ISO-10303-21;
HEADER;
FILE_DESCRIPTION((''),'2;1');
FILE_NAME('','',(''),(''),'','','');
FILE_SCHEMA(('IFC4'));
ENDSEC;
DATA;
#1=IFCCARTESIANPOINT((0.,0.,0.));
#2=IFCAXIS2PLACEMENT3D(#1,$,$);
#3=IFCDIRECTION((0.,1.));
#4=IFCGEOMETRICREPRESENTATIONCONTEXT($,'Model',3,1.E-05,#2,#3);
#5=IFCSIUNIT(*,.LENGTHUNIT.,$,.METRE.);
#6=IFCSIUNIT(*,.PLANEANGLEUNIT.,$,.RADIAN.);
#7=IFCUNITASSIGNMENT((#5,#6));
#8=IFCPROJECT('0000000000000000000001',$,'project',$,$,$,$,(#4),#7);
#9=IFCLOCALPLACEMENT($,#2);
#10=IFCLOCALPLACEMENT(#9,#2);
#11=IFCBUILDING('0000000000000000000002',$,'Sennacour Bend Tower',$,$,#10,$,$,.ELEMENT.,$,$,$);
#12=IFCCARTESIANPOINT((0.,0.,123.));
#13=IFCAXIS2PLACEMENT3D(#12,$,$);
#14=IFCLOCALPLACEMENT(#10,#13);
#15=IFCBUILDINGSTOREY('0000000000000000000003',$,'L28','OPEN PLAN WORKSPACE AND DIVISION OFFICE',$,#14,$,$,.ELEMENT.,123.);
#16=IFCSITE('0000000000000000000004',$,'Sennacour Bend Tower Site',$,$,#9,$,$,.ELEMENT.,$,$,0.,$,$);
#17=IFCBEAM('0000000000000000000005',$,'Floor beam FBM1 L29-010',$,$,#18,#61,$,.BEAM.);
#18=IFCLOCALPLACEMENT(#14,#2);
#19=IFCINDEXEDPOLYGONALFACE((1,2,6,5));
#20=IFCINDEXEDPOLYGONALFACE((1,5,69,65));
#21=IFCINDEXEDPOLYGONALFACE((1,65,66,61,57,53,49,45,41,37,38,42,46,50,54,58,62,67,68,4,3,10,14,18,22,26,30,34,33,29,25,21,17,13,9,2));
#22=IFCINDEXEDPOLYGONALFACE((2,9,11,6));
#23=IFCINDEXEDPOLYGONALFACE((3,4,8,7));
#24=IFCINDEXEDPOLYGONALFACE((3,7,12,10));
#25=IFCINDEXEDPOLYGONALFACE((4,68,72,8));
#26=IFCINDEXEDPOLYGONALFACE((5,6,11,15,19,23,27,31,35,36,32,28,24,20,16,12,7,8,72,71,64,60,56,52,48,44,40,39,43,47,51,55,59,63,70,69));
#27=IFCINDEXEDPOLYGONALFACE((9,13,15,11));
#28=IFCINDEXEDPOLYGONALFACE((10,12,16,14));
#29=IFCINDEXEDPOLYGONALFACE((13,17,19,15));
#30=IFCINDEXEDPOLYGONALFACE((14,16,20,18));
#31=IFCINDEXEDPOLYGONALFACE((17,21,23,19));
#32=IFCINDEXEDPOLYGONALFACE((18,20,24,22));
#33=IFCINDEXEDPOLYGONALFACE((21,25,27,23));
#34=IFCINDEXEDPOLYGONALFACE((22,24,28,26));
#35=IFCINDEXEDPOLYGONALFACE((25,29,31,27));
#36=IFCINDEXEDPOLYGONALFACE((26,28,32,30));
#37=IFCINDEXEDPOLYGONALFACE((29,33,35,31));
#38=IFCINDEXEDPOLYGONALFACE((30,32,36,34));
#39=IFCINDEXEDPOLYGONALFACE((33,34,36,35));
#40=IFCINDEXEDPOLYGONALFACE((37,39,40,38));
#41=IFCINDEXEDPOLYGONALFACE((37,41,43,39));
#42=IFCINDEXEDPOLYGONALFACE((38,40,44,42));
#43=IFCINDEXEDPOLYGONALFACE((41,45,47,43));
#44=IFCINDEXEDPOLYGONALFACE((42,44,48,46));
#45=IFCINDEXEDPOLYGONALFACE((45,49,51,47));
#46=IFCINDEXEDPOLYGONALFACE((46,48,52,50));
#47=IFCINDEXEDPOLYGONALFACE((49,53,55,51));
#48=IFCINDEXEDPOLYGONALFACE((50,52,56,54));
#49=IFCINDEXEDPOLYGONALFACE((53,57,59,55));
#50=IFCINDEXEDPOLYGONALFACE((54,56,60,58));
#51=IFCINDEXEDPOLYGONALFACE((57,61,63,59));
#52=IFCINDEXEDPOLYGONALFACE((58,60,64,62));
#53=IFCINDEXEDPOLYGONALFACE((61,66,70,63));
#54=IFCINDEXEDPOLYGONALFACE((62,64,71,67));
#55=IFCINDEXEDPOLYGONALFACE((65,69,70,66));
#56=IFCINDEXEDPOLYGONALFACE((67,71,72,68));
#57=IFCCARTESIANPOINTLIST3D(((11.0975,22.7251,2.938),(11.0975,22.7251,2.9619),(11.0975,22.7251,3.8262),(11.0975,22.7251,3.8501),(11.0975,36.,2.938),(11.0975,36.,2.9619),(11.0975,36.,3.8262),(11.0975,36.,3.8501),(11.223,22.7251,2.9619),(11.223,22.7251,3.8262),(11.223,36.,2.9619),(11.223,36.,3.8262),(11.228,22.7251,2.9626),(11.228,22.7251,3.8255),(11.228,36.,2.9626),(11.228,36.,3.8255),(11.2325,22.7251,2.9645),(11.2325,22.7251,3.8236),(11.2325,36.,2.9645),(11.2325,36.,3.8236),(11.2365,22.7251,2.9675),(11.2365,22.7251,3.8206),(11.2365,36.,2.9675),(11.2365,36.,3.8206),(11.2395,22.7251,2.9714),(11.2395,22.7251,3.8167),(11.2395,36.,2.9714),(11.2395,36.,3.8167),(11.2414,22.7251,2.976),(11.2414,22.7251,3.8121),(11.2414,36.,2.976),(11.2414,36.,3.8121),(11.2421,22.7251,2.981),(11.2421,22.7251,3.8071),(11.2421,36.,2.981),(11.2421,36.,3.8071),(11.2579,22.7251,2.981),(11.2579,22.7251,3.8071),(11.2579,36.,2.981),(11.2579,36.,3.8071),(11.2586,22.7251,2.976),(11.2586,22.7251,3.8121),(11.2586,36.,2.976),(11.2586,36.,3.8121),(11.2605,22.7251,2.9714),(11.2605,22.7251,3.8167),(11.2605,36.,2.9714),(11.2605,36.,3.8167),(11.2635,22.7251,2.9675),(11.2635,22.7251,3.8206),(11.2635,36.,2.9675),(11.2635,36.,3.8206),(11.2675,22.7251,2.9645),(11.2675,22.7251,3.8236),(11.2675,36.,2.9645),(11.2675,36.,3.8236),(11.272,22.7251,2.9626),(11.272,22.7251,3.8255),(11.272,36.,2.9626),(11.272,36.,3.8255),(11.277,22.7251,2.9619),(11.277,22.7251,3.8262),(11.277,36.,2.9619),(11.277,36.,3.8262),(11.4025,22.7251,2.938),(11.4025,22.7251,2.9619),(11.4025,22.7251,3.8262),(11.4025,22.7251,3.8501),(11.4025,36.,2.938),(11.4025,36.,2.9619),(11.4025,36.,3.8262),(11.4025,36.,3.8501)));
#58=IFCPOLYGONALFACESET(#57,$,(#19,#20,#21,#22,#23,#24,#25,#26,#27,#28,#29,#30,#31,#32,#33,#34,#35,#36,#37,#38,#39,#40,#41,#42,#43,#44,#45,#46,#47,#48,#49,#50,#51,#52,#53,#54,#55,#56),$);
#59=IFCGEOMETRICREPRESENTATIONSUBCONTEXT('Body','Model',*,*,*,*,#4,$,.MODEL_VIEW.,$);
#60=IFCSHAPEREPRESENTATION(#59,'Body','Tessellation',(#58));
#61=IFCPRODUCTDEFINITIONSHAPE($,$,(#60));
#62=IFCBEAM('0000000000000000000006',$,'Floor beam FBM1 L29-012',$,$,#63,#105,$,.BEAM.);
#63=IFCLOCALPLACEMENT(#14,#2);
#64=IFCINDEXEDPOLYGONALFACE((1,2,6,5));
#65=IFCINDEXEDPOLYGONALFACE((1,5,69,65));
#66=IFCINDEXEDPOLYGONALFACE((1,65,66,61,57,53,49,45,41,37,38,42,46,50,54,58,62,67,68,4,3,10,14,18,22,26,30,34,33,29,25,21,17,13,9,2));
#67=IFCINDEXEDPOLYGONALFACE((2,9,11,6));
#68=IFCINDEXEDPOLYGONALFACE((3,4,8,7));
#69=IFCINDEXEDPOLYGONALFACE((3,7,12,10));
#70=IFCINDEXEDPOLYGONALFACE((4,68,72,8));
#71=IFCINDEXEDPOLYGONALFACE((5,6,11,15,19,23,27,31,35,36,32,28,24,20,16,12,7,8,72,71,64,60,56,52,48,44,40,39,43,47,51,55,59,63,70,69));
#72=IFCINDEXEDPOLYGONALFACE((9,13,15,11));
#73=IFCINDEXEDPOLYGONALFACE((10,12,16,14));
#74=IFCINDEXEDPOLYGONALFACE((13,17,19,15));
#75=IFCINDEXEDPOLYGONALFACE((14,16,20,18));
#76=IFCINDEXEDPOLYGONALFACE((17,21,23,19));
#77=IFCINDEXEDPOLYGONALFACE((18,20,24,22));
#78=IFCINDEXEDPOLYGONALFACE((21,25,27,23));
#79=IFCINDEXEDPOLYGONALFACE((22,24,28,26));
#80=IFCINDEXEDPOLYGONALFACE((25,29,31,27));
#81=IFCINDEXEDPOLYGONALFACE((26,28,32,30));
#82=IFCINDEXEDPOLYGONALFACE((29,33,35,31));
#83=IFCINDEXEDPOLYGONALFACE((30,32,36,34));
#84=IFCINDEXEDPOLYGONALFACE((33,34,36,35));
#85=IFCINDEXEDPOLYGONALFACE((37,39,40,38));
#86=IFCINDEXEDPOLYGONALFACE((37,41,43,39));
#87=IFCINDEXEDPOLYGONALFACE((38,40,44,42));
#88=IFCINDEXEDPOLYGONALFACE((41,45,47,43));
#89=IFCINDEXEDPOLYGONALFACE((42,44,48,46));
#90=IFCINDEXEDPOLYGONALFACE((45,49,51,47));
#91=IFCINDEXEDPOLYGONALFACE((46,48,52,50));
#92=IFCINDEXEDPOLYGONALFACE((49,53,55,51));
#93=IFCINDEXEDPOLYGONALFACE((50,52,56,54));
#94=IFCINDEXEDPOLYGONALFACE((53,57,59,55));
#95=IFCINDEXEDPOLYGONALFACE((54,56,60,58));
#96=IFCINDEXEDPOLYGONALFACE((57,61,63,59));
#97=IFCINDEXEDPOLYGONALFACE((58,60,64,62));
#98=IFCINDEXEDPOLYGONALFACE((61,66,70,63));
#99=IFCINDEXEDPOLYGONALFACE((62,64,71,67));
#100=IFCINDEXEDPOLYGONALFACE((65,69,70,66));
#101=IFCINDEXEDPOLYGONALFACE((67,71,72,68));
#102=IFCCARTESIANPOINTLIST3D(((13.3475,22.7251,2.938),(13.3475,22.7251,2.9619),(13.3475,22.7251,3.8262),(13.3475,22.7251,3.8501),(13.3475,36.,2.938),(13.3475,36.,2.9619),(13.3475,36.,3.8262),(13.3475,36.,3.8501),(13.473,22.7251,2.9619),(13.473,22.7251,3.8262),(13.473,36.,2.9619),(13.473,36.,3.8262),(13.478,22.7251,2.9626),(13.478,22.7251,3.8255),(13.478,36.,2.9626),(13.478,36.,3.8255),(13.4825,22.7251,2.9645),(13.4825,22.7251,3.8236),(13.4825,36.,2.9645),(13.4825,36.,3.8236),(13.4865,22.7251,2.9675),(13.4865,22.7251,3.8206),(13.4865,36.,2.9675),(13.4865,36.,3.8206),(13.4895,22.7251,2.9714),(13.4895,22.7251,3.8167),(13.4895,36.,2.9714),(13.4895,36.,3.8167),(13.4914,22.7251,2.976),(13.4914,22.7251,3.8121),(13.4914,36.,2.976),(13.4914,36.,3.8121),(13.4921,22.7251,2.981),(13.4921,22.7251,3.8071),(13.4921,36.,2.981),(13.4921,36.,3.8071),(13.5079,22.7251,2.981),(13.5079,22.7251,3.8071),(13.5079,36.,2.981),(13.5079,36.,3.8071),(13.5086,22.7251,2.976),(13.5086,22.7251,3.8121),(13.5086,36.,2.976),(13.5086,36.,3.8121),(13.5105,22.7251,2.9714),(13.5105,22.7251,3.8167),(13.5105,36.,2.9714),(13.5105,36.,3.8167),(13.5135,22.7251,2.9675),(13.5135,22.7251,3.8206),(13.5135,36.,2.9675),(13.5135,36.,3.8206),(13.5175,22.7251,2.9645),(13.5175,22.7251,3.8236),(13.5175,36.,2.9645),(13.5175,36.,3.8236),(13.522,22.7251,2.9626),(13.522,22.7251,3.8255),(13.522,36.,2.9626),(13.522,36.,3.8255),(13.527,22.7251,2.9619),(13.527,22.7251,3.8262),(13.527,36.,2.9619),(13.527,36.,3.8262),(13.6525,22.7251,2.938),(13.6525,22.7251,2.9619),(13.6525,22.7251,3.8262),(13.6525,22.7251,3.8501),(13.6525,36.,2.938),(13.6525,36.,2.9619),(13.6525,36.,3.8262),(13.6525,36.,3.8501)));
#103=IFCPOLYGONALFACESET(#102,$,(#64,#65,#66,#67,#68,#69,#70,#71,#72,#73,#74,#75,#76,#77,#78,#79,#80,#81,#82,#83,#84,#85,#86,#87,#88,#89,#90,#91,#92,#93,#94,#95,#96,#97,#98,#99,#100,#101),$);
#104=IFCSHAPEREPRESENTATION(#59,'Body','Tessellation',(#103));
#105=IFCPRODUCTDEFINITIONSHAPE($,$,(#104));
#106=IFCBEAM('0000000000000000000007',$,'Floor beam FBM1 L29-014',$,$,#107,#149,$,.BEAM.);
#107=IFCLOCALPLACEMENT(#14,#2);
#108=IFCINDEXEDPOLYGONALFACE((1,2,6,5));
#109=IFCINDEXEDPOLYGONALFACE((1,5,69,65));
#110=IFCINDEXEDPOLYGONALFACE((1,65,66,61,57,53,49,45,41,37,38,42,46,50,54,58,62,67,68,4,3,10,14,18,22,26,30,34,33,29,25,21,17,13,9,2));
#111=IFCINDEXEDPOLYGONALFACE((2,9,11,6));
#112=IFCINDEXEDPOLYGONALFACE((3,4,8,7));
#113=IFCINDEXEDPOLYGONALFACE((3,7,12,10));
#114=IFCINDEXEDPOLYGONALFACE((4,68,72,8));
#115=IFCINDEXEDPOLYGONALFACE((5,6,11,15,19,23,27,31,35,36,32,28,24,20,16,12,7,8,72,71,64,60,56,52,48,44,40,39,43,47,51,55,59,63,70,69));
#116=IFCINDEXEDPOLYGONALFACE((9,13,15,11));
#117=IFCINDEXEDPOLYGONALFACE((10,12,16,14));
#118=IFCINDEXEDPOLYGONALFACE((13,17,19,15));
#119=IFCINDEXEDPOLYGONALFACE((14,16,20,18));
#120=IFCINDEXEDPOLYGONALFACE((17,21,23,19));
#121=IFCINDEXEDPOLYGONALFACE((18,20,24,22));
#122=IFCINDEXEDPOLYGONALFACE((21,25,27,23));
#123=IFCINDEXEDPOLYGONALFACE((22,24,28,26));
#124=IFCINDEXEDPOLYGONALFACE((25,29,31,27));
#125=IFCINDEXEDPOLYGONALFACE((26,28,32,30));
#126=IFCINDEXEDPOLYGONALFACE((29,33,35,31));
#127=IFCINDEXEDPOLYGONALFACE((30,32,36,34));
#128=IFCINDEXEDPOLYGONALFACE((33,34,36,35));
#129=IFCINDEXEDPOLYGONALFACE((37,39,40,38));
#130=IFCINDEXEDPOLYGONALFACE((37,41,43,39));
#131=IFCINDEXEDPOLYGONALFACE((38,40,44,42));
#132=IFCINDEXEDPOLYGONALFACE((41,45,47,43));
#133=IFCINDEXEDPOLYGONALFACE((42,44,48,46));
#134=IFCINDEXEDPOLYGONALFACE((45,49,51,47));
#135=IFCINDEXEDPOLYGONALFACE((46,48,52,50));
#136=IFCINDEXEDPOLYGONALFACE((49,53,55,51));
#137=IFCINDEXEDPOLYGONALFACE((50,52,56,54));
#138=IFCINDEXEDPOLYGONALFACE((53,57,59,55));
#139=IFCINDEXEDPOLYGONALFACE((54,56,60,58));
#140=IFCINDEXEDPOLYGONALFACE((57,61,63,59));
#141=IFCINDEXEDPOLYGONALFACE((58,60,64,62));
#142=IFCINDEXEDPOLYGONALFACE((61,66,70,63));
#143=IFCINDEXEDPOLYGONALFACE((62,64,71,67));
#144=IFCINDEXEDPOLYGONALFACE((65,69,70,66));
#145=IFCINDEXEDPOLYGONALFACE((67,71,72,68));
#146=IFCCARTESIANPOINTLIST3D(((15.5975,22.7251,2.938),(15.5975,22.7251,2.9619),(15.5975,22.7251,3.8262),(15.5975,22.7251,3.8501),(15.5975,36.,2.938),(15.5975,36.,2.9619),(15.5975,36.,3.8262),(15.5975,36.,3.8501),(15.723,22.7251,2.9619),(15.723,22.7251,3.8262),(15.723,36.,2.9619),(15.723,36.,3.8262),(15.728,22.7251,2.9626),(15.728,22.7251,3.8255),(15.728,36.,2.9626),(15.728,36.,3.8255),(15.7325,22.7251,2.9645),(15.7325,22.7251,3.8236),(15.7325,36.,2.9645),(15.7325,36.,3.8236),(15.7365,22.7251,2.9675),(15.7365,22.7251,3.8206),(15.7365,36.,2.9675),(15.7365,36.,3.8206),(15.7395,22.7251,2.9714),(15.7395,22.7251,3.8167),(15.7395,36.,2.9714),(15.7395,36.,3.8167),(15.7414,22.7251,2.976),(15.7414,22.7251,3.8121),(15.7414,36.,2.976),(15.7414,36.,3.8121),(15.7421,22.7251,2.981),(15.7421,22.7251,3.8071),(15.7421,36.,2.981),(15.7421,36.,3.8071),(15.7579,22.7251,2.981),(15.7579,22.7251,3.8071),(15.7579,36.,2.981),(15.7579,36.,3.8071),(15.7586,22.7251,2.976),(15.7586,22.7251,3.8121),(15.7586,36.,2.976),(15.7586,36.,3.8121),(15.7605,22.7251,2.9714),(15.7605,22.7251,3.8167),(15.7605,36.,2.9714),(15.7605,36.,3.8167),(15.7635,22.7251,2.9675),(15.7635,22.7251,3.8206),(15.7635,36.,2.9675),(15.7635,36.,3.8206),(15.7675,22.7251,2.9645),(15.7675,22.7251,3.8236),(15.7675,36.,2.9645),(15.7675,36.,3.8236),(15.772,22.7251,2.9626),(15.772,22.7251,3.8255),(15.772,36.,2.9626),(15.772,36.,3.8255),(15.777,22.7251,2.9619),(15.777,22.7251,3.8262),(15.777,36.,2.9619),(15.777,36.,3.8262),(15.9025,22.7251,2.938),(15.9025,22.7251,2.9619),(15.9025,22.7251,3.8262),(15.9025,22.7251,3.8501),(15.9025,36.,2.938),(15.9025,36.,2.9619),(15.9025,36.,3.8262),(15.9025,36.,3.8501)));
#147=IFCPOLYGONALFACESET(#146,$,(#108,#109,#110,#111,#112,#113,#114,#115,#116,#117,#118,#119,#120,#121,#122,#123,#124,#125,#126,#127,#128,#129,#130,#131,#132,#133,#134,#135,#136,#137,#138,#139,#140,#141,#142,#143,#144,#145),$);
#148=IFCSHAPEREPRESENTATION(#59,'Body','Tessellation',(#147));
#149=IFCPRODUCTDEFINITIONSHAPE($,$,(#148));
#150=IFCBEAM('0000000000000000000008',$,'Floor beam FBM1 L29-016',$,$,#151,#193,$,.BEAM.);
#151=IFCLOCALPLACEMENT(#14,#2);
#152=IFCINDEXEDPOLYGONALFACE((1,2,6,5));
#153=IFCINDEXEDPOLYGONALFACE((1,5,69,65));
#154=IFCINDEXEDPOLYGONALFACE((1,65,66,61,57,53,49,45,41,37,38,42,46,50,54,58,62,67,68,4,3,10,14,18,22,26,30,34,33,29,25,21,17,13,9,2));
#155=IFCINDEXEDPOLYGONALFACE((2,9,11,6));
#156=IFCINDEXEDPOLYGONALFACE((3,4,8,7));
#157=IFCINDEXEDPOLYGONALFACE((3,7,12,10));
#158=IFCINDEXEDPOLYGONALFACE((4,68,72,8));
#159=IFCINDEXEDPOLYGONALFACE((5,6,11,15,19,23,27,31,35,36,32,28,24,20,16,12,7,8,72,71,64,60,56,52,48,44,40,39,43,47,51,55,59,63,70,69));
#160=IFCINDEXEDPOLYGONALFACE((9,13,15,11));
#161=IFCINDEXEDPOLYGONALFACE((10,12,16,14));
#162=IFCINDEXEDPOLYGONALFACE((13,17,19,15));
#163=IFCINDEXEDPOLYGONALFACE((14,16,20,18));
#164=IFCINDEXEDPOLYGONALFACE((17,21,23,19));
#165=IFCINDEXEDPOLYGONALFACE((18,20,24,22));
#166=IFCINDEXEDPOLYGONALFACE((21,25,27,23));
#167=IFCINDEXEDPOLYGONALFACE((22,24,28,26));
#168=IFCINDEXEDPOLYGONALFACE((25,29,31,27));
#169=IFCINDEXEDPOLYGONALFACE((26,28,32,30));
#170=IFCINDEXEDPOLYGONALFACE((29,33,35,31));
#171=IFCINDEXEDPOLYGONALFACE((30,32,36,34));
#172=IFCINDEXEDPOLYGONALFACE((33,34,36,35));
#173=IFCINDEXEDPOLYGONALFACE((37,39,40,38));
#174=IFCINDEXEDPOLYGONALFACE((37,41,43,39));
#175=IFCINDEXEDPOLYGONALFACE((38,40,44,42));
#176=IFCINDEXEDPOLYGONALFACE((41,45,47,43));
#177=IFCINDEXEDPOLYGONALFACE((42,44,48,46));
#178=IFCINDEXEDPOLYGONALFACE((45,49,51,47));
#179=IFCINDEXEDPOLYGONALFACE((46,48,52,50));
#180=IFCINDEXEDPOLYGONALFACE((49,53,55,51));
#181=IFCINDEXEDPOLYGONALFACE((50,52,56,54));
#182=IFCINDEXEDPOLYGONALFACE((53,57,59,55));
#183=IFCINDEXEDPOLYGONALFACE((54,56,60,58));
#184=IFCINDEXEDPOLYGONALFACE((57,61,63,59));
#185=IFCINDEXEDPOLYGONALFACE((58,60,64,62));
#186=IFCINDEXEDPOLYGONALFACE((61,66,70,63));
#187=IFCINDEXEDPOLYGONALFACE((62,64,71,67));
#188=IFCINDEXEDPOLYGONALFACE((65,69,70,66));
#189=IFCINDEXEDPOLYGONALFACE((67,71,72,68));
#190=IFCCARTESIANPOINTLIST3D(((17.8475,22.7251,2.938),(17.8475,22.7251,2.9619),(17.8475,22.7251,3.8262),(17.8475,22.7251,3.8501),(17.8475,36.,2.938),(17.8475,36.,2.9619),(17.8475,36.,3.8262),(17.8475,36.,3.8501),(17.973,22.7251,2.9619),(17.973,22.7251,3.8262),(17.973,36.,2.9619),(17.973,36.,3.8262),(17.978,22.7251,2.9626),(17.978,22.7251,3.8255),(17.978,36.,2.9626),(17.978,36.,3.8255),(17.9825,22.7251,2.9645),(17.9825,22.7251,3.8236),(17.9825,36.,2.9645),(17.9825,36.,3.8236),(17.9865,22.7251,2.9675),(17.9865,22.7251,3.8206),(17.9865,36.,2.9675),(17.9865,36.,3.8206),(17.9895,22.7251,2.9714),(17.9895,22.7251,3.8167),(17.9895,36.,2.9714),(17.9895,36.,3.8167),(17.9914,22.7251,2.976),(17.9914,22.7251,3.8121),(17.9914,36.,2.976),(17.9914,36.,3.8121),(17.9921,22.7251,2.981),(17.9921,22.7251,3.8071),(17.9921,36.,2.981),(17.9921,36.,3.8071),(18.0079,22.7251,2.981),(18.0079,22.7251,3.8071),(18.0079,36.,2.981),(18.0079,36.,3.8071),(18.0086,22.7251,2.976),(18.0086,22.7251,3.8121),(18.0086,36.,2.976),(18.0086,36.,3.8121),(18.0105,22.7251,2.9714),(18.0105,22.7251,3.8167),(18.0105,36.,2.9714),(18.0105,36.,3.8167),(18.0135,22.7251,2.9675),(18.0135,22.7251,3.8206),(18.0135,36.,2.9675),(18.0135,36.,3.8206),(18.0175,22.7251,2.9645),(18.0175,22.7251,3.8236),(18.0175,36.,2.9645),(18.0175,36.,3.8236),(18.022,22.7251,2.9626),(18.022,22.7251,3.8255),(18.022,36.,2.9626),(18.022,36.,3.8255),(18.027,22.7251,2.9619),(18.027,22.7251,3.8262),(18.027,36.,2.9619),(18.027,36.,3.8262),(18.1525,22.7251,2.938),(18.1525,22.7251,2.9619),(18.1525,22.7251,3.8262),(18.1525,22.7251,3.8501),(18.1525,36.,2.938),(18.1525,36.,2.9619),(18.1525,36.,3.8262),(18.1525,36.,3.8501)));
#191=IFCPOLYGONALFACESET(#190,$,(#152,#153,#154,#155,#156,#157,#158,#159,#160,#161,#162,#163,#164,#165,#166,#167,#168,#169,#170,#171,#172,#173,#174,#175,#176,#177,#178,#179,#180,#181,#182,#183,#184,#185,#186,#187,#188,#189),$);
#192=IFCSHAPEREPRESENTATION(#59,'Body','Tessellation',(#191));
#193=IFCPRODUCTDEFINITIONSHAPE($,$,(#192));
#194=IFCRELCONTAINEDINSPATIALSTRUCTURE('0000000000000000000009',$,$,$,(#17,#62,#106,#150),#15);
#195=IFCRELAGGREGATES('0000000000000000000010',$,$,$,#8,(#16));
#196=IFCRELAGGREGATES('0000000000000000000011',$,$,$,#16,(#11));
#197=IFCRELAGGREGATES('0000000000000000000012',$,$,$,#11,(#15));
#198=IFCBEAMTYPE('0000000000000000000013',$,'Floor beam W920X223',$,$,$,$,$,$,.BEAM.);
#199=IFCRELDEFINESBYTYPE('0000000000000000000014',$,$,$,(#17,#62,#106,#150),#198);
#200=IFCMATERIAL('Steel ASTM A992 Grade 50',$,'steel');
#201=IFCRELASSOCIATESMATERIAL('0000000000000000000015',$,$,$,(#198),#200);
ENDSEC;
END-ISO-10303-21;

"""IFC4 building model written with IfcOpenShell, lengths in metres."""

from ifc_helpers import new_model, si_unit, direction, frame, origin, origin_2d, place, context, subcontext, project, spatial, i_section, extrude, material, material_profile, profile_set, type_object, element, save


model = new_model("IFC4")

# Units and contexts
model_context = context("Model", 3, precision=1e-05, world=origin(), true_north=direction((0.0, 1.0)))
body_context = subcontext(model_context, "Body", "Model", "MODEL_VIEW")
ifc_project = project(units=[si_unit("LENGTHUNIT", "METRE"), si_unit("PLANEANGLEUNIT", "RADIAN")], contexts=[model_context])

# Site, building, storey
site_placement = place(None, origin())
site = spatial("IfcSite", under=ifc_project, at=site_placement, Name="Sennacour Bend Tower Site", CompositionType="ELEMENT", RefElevation=0.0)
building_placement = place(site_placement, origin())
building = spatial("IfcBuilding", under=site, at=building_placement, Name="Sennacour Bend Tower", CompositionType="ELEMENT")
storey_placement = place(building_placement, frame((0.0, 0.0, 123.0)))
storey = spatial("IfcBuildingStorey", under=building, at=storey_placement, Name="L28", Description="OPEN PLAN WORKSPACE AND DIVISION OFFICE", CompositionType="ELEMENT", Elevation=123.0)

# Beams
ifc_material_1 = material(Name="Steel ASTM A992 Grade 50", Category="steel")
ifc_material_profile = material_profile(ifc_material_1, i_section(OverallWidth=0.3049, OverallDepth=0.9121, WebThickness=0.0159, FlangeThickness=0.0239, FilletRadius=0.019, at=origin_2d()), Name="Steel ASTM A992 Grade 50", Category="steel")
ifc_profile_set = profile_set([ifc_material_profile], Name="Steel ASTM A992 Grade 50")
beam_type = type_object("IfcBeamType", Name="Floor beam W920X223", PredefinedType="BEAM", material=ifc_profile_set)
for number, where, z_axis, x_axis, name in (
    (1, (11.25, 22.7251, 3.394), (0.0, 1.0, 0.0), (-1.0, 0.0, 0.0), "Floor beam FBM1 L29-010"),
    (2, (13.5, 22.7251, 3.394), (0.0, 1.0, 0.0), (-1.0, 0.0, 0.0), "Floor beam FBM1 L29-012"),
    (3, (15.75, 22.7251, 3.394), (0.0, 1.0, 0.0), (-1.0, 0.0, 0.0), "Floor beam FBM1 L29-014"),
    (4, (18.0, 22.7251, 3.394), (0.0, 1.0, 0.0), (-1.0, 0.0, 0.0), "Floor beam FBM1 L29-016"),
):
    element("IfcBeam", number, at=place(storey_placement, frame(where, z_axis=z_axis, x_axis=x_axis)), inside=storey, type_object=beam_type, Name=name, PredefinedType="BEAM", context=body_context, shape_type="SweptSolid", body=[
        extrude(i_section(OverallWidth=0.3049, OverallDepth=0.9121, WebThickness=0.0159, FlangeThickness=0.0239, FilletRadius=0.019, at=origin_2d()), origin(), (0.0, 0.0, 1.0), 13.2749),
    ])

save(model, "model.ifc")
